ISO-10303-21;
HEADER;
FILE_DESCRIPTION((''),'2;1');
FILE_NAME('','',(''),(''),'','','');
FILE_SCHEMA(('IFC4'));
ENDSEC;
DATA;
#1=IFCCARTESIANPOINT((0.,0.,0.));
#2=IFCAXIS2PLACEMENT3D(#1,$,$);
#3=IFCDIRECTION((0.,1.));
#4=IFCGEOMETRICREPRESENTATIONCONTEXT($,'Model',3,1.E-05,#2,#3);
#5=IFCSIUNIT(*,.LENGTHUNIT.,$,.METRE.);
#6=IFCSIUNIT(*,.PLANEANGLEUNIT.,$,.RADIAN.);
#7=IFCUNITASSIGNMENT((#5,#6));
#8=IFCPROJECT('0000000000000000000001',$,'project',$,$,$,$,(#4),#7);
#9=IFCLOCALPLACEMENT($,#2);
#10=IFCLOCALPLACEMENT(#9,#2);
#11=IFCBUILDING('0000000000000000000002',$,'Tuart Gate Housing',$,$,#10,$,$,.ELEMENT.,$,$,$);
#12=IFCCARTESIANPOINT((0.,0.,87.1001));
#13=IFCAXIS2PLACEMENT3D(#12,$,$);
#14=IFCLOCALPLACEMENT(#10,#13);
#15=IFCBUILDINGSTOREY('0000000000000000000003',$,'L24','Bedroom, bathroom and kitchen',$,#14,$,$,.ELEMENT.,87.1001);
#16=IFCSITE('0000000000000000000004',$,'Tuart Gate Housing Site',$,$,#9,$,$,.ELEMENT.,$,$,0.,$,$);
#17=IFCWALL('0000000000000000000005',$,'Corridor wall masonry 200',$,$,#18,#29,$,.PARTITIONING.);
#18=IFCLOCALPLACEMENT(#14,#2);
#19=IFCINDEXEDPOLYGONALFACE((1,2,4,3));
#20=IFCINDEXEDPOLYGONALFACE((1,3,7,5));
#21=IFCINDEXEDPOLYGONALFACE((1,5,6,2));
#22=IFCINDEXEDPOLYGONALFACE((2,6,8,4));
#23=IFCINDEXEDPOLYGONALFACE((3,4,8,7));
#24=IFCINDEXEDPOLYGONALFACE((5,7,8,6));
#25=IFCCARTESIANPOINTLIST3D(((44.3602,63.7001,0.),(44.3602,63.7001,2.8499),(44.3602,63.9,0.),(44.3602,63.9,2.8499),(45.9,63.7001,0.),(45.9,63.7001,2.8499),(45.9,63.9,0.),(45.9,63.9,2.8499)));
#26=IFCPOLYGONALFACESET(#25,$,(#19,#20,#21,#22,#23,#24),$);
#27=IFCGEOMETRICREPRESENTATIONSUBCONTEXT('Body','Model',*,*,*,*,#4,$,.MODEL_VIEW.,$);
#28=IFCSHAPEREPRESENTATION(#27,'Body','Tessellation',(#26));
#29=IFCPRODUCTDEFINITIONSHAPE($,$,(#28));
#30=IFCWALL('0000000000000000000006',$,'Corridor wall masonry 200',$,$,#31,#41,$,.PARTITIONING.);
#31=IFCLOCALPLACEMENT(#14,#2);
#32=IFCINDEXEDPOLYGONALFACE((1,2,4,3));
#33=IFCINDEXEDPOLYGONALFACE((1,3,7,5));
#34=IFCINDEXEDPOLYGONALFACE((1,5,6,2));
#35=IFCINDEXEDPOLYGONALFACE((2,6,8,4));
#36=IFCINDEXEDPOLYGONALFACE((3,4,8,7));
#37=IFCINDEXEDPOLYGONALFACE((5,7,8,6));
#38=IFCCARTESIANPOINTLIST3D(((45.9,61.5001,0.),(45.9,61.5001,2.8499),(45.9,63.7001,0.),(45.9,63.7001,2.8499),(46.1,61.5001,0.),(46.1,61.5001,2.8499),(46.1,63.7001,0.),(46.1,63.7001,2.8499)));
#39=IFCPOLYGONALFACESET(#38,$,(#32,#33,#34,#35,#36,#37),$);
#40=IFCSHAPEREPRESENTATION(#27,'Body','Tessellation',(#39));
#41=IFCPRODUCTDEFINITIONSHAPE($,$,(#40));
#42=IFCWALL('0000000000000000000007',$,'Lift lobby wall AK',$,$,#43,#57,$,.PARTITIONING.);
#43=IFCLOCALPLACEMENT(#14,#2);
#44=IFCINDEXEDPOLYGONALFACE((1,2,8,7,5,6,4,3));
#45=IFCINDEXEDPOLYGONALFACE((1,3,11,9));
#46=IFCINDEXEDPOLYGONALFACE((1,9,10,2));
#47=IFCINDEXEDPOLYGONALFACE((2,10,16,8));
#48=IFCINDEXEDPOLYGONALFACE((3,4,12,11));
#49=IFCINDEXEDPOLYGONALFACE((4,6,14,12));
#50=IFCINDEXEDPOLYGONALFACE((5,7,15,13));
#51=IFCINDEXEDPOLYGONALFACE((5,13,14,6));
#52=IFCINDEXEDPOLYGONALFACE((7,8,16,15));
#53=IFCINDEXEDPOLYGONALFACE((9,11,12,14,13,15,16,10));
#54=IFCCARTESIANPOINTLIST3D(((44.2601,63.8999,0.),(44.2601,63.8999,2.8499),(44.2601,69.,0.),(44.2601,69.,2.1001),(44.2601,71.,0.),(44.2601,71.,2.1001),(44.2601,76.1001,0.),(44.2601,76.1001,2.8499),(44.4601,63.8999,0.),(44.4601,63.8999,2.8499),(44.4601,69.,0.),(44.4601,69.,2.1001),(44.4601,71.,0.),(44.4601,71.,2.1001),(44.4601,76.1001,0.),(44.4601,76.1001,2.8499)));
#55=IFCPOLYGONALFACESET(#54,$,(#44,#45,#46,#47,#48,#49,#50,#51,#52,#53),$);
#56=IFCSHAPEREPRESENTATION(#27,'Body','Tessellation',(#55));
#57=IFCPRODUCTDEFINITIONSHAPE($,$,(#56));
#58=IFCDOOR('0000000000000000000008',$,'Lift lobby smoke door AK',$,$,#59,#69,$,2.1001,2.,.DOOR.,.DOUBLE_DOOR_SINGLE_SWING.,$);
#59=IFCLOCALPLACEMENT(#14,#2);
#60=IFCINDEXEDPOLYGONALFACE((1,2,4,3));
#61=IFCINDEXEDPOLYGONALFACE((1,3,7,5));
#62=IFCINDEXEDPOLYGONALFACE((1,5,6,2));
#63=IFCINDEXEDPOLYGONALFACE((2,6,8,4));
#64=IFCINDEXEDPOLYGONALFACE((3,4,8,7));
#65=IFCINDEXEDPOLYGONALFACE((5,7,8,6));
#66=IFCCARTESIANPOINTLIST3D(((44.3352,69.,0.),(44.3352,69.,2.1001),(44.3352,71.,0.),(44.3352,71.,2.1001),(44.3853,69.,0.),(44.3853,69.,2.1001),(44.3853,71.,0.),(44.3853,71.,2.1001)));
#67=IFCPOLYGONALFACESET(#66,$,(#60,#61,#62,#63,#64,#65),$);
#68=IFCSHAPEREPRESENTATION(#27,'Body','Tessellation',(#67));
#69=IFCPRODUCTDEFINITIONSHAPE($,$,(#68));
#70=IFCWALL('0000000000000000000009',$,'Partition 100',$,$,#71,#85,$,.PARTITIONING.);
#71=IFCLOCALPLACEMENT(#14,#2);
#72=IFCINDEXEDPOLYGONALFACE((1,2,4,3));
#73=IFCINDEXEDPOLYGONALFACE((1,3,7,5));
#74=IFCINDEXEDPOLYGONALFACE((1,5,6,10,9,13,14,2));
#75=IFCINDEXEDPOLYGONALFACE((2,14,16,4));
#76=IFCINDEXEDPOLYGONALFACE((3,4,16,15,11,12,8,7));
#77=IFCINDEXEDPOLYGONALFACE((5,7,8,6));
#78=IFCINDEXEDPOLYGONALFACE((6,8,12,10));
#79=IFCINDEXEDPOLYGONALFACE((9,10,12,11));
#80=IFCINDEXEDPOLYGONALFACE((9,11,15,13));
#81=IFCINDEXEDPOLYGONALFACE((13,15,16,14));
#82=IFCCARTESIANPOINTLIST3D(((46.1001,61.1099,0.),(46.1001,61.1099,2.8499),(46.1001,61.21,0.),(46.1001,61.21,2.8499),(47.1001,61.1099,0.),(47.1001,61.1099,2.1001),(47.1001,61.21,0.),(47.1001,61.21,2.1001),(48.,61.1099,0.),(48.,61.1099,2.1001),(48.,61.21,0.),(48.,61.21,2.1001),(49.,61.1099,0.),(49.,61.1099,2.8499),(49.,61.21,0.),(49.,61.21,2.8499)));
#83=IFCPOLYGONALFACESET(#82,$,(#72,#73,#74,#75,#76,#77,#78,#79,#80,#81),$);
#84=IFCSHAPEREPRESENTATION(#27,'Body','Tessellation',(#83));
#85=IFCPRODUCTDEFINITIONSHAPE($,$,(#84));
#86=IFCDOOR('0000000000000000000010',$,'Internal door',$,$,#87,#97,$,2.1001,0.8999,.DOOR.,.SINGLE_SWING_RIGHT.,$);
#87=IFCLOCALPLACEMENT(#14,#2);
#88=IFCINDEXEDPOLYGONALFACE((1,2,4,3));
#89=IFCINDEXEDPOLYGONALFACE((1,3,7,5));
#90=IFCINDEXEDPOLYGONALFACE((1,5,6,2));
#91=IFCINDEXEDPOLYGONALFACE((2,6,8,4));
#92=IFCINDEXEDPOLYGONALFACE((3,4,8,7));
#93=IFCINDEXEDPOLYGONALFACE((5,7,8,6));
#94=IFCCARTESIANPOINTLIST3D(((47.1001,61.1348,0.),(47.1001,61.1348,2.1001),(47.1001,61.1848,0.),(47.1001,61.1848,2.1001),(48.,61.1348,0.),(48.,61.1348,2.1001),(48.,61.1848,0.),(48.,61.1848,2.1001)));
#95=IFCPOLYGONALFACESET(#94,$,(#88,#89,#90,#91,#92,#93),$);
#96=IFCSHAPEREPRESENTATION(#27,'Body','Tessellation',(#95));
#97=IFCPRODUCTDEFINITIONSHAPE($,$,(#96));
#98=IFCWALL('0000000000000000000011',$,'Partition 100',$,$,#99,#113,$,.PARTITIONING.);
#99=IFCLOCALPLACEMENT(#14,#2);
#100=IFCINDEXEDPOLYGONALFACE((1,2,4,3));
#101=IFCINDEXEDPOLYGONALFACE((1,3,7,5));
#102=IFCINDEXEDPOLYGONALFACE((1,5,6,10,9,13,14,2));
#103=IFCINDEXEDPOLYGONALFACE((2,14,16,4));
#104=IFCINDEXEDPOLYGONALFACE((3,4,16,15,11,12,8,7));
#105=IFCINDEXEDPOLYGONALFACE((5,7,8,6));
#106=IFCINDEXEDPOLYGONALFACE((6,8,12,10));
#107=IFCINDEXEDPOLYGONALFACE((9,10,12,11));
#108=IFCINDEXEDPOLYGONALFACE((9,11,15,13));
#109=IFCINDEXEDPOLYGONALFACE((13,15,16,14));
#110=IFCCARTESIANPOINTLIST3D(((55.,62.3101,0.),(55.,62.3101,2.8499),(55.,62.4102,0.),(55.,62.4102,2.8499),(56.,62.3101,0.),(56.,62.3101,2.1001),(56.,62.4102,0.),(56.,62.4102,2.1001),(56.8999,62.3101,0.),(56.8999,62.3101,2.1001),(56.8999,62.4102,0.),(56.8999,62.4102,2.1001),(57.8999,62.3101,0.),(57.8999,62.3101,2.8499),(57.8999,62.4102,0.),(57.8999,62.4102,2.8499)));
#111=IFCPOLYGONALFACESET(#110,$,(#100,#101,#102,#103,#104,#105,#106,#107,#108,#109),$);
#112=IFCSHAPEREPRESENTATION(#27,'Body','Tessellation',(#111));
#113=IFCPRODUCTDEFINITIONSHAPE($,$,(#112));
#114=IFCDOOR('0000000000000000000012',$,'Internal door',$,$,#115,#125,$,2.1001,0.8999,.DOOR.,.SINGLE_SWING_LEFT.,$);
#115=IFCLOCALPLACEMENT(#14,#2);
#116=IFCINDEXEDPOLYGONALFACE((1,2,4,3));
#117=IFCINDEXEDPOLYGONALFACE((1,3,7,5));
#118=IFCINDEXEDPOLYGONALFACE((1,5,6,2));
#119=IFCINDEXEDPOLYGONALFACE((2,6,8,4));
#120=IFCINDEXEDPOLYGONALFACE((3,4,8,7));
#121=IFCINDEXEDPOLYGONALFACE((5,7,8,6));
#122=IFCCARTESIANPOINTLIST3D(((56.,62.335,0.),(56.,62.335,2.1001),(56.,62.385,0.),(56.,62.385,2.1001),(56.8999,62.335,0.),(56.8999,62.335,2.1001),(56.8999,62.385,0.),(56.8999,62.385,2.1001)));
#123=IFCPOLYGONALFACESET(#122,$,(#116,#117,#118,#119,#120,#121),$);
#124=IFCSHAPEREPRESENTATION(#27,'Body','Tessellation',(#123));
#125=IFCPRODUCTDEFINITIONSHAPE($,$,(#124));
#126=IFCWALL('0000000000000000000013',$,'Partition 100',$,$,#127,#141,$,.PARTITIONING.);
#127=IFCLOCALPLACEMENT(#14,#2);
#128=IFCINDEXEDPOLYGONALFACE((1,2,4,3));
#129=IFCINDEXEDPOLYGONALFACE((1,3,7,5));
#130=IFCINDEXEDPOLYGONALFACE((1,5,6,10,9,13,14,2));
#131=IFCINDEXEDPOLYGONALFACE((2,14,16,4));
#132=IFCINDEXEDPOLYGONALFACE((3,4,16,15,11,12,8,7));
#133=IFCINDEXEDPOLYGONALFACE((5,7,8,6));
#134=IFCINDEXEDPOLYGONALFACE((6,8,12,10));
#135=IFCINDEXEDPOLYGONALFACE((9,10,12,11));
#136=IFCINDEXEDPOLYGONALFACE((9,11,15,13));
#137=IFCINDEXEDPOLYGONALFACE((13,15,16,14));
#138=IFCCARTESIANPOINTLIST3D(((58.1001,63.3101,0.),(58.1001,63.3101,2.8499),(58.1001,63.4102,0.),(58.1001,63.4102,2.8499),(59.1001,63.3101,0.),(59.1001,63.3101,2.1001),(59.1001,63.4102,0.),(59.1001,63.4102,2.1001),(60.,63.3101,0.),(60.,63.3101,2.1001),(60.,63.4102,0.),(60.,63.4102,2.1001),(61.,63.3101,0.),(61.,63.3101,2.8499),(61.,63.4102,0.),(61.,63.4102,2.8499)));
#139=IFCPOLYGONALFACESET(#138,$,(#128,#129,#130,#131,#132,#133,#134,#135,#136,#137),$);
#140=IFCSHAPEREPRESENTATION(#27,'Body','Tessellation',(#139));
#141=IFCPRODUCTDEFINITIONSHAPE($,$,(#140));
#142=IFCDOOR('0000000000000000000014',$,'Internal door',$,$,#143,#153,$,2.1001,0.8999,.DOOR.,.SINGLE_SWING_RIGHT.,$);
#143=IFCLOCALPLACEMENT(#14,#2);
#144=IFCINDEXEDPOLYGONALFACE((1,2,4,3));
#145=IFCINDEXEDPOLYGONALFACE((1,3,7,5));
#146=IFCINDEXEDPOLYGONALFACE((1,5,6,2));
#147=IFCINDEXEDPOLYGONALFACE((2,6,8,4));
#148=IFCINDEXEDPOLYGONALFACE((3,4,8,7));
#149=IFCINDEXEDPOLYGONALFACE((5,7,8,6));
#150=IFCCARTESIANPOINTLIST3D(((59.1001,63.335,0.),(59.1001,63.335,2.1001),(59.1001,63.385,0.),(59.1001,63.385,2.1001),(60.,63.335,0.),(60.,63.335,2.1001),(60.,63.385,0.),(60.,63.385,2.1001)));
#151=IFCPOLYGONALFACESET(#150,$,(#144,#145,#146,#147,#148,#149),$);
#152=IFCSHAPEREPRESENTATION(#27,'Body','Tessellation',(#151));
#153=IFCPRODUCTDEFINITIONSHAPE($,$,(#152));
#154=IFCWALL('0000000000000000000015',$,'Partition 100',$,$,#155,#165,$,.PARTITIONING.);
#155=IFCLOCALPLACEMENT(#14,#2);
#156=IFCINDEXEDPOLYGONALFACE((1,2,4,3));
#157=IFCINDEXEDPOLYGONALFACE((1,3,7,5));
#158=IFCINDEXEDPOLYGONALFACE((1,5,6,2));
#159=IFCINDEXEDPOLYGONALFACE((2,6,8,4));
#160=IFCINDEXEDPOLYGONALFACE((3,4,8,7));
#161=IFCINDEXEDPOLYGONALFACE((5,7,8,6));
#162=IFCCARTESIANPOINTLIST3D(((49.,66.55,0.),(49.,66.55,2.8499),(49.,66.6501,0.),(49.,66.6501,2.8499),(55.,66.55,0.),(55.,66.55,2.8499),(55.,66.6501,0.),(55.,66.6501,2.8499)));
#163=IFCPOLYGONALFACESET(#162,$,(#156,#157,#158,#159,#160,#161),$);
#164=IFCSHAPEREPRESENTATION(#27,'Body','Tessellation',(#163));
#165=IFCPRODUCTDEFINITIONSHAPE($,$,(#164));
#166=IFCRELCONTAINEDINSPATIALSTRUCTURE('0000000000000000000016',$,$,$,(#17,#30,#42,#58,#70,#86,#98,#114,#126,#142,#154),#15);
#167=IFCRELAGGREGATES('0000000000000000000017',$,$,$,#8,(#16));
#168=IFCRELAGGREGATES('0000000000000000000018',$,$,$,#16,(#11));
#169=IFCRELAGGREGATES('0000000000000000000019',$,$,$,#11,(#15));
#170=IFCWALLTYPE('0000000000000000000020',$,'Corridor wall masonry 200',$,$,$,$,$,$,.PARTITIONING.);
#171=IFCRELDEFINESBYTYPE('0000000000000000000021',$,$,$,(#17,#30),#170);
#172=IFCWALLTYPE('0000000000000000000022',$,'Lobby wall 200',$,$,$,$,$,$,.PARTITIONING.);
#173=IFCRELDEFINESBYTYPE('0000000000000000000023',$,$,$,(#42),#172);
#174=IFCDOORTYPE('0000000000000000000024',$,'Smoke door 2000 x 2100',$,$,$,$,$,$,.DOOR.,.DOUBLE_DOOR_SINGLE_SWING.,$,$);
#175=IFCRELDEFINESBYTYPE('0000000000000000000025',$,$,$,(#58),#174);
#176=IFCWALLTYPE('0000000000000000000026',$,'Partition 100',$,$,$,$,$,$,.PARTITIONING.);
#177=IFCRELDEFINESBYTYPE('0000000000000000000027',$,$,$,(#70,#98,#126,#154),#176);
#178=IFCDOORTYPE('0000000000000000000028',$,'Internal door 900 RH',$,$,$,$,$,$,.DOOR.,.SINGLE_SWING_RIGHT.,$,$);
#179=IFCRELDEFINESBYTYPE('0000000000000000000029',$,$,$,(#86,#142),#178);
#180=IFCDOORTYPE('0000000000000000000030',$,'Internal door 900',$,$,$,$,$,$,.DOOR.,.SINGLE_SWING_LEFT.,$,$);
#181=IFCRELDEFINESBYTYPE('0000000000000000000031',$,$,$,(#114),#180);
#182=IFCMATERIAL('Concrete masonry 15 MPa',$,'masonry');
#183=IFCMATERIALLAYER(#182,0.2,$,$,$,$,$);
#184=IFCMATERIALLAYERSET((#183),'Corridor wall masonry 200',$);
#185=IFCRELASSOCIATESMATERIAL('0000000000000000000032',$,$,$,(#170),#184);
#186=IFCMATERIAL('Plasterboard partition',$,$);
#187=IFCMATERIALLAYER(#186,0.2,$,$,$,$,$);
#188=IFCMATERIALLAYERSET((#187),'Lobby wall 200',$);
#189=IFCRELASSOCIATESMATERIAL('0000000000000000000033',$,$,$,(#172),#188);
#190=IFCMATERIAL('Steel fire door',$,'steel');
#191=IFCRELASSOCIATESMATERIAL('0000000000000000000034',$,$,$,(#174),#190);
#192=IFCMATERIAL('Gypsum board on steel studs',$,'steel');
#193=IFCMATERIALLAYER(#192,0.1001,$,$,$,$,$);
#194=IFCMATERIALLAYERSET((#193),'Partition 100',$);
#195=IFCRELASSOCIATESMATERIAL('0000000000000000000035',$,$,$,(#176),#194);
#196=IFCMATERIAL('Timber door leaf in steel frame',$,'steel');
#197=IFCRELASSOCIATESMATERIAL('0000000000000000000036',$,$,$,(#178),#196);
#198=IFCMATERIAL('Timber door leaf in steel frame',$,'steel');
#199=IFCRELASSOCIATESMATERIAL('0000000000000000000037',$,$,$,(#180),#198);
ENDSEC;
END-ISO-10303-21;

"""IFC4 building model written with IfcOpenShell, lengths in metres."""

from ifc_helpers import new_model, si_unit, direction, frame, frame_2d, origin, place, context, subcontext, project, spatial, rectangle, extrude, material, layer, layer_set, type_object, element, fill, save


model = new_model("IFC4")

# Units and contexts
model_context = context("Model", 3, precision=1e-05, world=origin(), true_north=direction((0.0, 1.0)))
body_context = subcontext(model_context, "Body", "Model", "MODEL_VIEW")
ifc_project = project(units=[si_unit("LENGTHUNIT", "METRE"), si_unit("PLANEANGLEUNIT", "RADIAN")], contexts=[model_context])

# Site, building, storey
site_placement = place(None, origin())
site = spatial("IfcSite", under=ifc_project, at=site_placement, Name="Tuart Gate Housing Site", CompositionType="ELEMENT", RefElevation=0.0)
building_placement = place(site_placement, origin())
building = spatial("IfcBuilding", under=site, at=building_placement, Name="Tuart Gate Housing", CompositionType="ELEMENT")
storey_placement = place(building_placement, frame((0.0, 0.0, 87.1001)))
storey = spatial("IfcBuildingStorey", under=building, at=storey_placement, Name="L24", Description="Bedroom, bathroom and kitchen", CompositionType="ELEMENT", Elevation=87.1001)

# Walls
ifc_material_1 = material(Name="Concrete masonry 15 MPa", Category="masonry")
ifc_layer_1 = layer(ifc_material_1, 0.2)
ifc_layer_set_1 = layer_set([ifc_layer_1], Name="Corridor wall masonry 200")
wall_type_1 = type_object("IfcWallType", Name="Corridor wall masonry 200", PredefinedType="PARTITIONING", material=ifc_layer_set_1)
wall_1_placement = place(storey_placement, frame((44.3601, 63.8, 0.0), z_axis=(0.0, 0.0, 1.0), x_axis=(1.0, 0.0, 0.0)))
element("IfcWall", 1, at=wall_1_placement, inside=storey, type_object=wall_type_1, Name="Corridor wall masonry 200", PredefinedType="PARTITIONING", context=body_context, shape_type="SweptSolid", body=[
    extrude(rectangle(XDim=1.5398, YDim=0.2, at=frame_2d((0.77, 0.0))), origin(), (0.0, 0.0, 1.0), 2.8499),
])
wall_2_placement = place(storey_placement, frame((46.0, 61.5, 0.0), z_axis=(0.0, 0.0, 1.0), x_axis=(0.0, 1.0, 0.0)))
element("IfcWall", 2, at=wall_2_placement, inside=storey, type_object=wall_type_1, Name="Corridor wall masonry 200", PredefinedType="PARTITIONING", context=body_context, shape_type="SweptSolid", body=[
    extrude(rectangle(XDim=2.2, YDim=0.2, at=frame_2d((1.1001, 0.0))), origin(), (0.0, 0.0, 1.0), 2.8499),
])

# Walls, openings, doors
ifc_material_2 = material(Name="Plasterboard partition")
ifc_layer_2 = layer(ifc_material_2, 0.2)
ifc_layer_set_2 = layer_set([ifc_layer_2], Name="Lobby wall 200")
wall_type_2 = type_object("IfcWallType", Name="Lobby wall 200", PredefinedType="PARTITIONING", material=ifc_layer_set_2)
wall_3_placement = place(storey_placement, frame((44.3601, 63.8999, 0.0), z_axis=(0.0, 0.0, 1.0), x_axis=(0.0, 1.0, 0.0)))
wall_3 = element("IfcWall", 3, at=wall_3_placement, inside=storey, type_object=wall_type_2, Name="Lift lobby wall AK", PredefinedType="PARTITIONING", context=body_context, shape_type="SweptSolid", body=[
    extrude(rectangle(XDim=12.2002, YDim=0.2, at=frame_2d((6.1001, 0.0))), origin(), (0.0, 0.0, 1.0), 2.8499),
])
opening_1_placement = place(wall_3_placement, frame((5.1001, 0.0, 0.0)))
opening_1 = element("IfcOpeningElement", 4, at=opening_1_placement, cuts=wall_3, PredefinedType="OPENING", context=body_context, shape_type="SweptSolid", body=[
    extrude(rectangle(XDim=2.0, YDim=2.1001, at=frame_2d((1.0, 1.05))), frame((0.0, 0.1099, 0.0), z_axis=(0.0, -1.0, 0.0), x_axis=(1.0, 0.0, 0.0)), (0.0, 0.0, 1.0), 0.22),
])
ifc_material_3 = material(Name="Steel fire door", Category="steel")
door_type_1 = type_object("IfcDoorType", Name="Smoke door 2000 x 2100", OperationType="DOUBLE_DOOR_SINGLE_SWING", PredefinedType="DOOR", material=ifc_material_3)
door_1_placement = place(opening_1_placement, origin())
door_1 = element("IfcDoor", 5, at=door_1_placement, inside=storey, type_object=door_type_1, Name="Lift lobby smoke door AK", OperationType="DOUBLE_DOOR_SINGLE_SWING", OverallHeight=2.1001, OverallWidth=2.0, PredefinedType="DOOR", context=body_context, shape_type="SweptSolid", body=[
    extrude(rectangle(XDim=2.0, YDim=2.1001, at=frame_2d((1.0, 1.05))), frame((0.0, 0.0249, 0.0), z_axis=(0.0, -1.0, 0.0), x_axis=(1.0, 0.0, 0.0)), (0.0, 0.0, 1.0), 0.05),
])
fill(opening_1, door_1)
ifc_material_4 = material(Name="Gypsum board on steel studs", Category="steel")
ifc_layer_3 = layer(ifc_material_4, 0.1001)
ifc_layer_set_3 = layer_set([ifc_layer_3], Name="Partition 100")
wall_type_3 = type_object("IfcWallType", Name="Partition 100", PredefinedType="PARTITIONING", material=ifc_layer_set_3)
wall_4_placement = place(storey_placement, frame((46.1001, 61.1599, 0.0), z_axis=(0.0, 0.0, 1.0), x_axis=(1.0, 0.0, 0.0)))
wall_4 = element("IfcWall", 6, at=wall_4_placement, inside=storey, type_object=wall_type_3, Name="Partition 100", PredefinedType="PARTITIONING", context=body_context, shape_type="SweptSolid", body=[
    extrude(rectangle(XDim=2.8999, YDim=0.1001, at=frame_2d((1.45, 0.0))), origin(), (0.0, 0.0, 1.0), 2.8499),
])
opening_2_placement = place(wall_4_placement, frame((1.0, 0.0, 0.0)))
opening_2 = element("IfcOpeningElement", 7, at=opening_2_placement, cuts=wall_4, PredefinedType="OPENING", context=body_context, shape_type="SweptSolid", body=[
    extrude(rectangle(XDim=0.8999, YDim=2.1001, at=frame_2d((0.45, 1.05))), frame((0.0, 0.0601, 0.0), z_axis=(0.0, -1.0, 0.0), x_axis=(1.0, 0.0, 0.0)), (0.0, 0.0, 1.0), 0.1201),
])
ifc_material_5 = material(Name="Timber door leaf in steel frame", Category="steel")
door_type_2 = type_object("IfcDoorType", Name="Internal door 900 RH", OperationType="SINGLE_SWING_RIGHT", PredefinedType="DOOR", material=ifc_material_5)
door_2_placement = place(opening_2_placement, origin())
door_2 = element("IfcDoor", 8, at=door_2_placement, inside=storey, type_object=door_type_2, Name="Internal door", OperationType="SINGLE_SWING_RIGHT", OverallHeight=2.1001, OverallWidth=0.8999, PredefinedType="DOOR", context=body_context, shape_type="SweptSolid", body=[
    extrude(rectangle(XDim=0.8999, YDim=2.1001, at=frame_2d((0.45, 1.05))), frame((0.0, 0.0249, 0.0), z_axis=(0.0, -1.0, 0.0), x_axis=(1.0, 0.0, 0.0)), (0.0, 0.0, 1.0), 0.05),
])
fill(opening_2, door_2)
wall_5_placement = place(storey_placement, frame((55.0, 62.3601, 0.0), z_axis=(0.0, 0.0, 1.0), x_axis=(1.0, 0.0, 0.0)))
wall_5 = element("IfcWall", 9, at=wall_5_placement, inside=storey, type_object=wall_type_3, Name="Partition 100", PredefinedType="PARTITIONING", context=body_context, shape_type="SweptSolid", body=[
    extrude(rectangle(XDim=2.8999, YDim=0.1001, at=frame_2d((1.45, 0.0))), origin(), (0.0, 0.0, 1.0), 2.8499),
])
opening_3_placement = place(wall_5_placement, frame((1.0, 0.0, 0.0)))
opening_3 = element("IfcOpeningElement", 10, at=opening_3_placement, cuts=wall_5, PredefinedType="OPENING", context=body_context, shape_type="SweptSolid", body=[
    extrude(rectangle(XDim=0.8999, YDim=2.1001, at=frame_2d((0.45, 1.05))), frame((0.0, 0.0601, 0.0), z_axis=(0.0, -1.0, 0.0), x_axis=(1.0, 0.0, 0.0)), (0.0, 0.0, 1.0), 0.1201),
])
ifc_material_6 = material(Name="Timber door leaf in steel frame", Category="steel")
door_type_3 = type_object("IfcDoorType", Name="Internal door 900", OperationType="SINGLE_SWING_LEFT", PredefinedType="DOOR", material=ifc_material_6)
door_3_placement = place(opening_3_placement, origin())
door_3 = element("IfcDoor", 11, at=door_3_placement, inside=storey, type_object=door_type_3, Name="Internal door", OperationType="SINGLE_SWING_LEFT", OverallHeight=2.1001, OverallWidth=0.8999, PredefinedType="DOOR", context=body_context, shape_type="SweptSolid", body=[
    extrude(rectangle(XDim=0.8999, YDim=2.1001, at=frame_2d((0.45, 1.05))), frame((0.0, 0.0249, 0.0), z_axis=(0.0, -1.0, 0.0), x_axis=(1.0, 0.0, 0.0)), (0.0, 0.0, 1.0), 0.05),
])
fill(opening_3, door_3)
wall_6_placement = place(storey_placement, frame((58.1001, 63.3601, 0.0), z_axis=(0.0, 0.0, 1.0), x_axis=(1.0, 0.0, 0.0)))
wall_6 = element("IfcWall", 12, at=wall_6_placement, inside=storey, type_object=wall_type_3, Name="Partition 100", PredefinedType="PARTITIONING", context=body_context, shape_type="SweptSolid", body=[
    extrude(rectangle(XDim=2.8999, YDim=0.1001, at=frame_2d((1.45, 0.0))), origin(), (0.0, 0.0, 1.0), 2.8499),
])
opening_4_placement = place(wall_6_placement, frame((1.0, 0.0, 0.0)))
opening_4 = element("IfcOpeningElement", 13, at=opening_4_placement, cuts=wall_6, PredefinedType="OPENING", context=body_context, shape_type="SweptSolid", body=[
    extrude(rectangle(XDim=0.8999, YDim=2.1001, at=frame_2d((0.45, 1.05))), frame((0.0, 0.0601, 0.0), z_axis=(0.0, -1.0, 0.0), x_axis=(1.0, 0.0, 0.0)), (0.0, 0.0, 1.0), 0.1201),
])
door_4_placement = place(opening_4_placement, origin())
door_4 = element("IfcDoor", 14, at=door_4_placement, inside=storey, type_object=door_type_2, Name="Internal door", OperationType="SINGLE_SWING_RIGHT", OverallHeight=2.1001, OverallWidth=0.8999, PredefinedType="DOOR", context=body_context, shape_type="SweptSolid", body=[
    extrude(rectangle(XDim=0.8999, YDim=2.1001, at=frame_2d((0.45, 1.05))), frame((0.0, 0.0249, 0.0), z_axis=(0.0, -1.0, 0.0), x_axis=(1.0, 0.0, 0.0)), (0.0, 0.0, 1.0), 0.05),
])
fill(opening_4, door_4)

# Wall
wall_7_placement = place(storey_placement, frame((49.0, 66.6001, 0.0), z_axis=(0.0, 0.0, 1.0), x_axis=(1.0, 0.0, 0.0)))
element("IfcWall", 15, at=wall_7_placement, inside=storey, type_object=wall_type_3, Name="Partition 100", PredefinedType="PARTITIONING", context=body_context, shape_type="SweptSolid", body=[
    extrude(rectangle(XDim=6.0, YDim=0.1001, at=frame_2d((3.0, 0.0))), origin(), (0.0, 0.0, 1.0), 2.8499),
])

save(model, "model.ifc")
